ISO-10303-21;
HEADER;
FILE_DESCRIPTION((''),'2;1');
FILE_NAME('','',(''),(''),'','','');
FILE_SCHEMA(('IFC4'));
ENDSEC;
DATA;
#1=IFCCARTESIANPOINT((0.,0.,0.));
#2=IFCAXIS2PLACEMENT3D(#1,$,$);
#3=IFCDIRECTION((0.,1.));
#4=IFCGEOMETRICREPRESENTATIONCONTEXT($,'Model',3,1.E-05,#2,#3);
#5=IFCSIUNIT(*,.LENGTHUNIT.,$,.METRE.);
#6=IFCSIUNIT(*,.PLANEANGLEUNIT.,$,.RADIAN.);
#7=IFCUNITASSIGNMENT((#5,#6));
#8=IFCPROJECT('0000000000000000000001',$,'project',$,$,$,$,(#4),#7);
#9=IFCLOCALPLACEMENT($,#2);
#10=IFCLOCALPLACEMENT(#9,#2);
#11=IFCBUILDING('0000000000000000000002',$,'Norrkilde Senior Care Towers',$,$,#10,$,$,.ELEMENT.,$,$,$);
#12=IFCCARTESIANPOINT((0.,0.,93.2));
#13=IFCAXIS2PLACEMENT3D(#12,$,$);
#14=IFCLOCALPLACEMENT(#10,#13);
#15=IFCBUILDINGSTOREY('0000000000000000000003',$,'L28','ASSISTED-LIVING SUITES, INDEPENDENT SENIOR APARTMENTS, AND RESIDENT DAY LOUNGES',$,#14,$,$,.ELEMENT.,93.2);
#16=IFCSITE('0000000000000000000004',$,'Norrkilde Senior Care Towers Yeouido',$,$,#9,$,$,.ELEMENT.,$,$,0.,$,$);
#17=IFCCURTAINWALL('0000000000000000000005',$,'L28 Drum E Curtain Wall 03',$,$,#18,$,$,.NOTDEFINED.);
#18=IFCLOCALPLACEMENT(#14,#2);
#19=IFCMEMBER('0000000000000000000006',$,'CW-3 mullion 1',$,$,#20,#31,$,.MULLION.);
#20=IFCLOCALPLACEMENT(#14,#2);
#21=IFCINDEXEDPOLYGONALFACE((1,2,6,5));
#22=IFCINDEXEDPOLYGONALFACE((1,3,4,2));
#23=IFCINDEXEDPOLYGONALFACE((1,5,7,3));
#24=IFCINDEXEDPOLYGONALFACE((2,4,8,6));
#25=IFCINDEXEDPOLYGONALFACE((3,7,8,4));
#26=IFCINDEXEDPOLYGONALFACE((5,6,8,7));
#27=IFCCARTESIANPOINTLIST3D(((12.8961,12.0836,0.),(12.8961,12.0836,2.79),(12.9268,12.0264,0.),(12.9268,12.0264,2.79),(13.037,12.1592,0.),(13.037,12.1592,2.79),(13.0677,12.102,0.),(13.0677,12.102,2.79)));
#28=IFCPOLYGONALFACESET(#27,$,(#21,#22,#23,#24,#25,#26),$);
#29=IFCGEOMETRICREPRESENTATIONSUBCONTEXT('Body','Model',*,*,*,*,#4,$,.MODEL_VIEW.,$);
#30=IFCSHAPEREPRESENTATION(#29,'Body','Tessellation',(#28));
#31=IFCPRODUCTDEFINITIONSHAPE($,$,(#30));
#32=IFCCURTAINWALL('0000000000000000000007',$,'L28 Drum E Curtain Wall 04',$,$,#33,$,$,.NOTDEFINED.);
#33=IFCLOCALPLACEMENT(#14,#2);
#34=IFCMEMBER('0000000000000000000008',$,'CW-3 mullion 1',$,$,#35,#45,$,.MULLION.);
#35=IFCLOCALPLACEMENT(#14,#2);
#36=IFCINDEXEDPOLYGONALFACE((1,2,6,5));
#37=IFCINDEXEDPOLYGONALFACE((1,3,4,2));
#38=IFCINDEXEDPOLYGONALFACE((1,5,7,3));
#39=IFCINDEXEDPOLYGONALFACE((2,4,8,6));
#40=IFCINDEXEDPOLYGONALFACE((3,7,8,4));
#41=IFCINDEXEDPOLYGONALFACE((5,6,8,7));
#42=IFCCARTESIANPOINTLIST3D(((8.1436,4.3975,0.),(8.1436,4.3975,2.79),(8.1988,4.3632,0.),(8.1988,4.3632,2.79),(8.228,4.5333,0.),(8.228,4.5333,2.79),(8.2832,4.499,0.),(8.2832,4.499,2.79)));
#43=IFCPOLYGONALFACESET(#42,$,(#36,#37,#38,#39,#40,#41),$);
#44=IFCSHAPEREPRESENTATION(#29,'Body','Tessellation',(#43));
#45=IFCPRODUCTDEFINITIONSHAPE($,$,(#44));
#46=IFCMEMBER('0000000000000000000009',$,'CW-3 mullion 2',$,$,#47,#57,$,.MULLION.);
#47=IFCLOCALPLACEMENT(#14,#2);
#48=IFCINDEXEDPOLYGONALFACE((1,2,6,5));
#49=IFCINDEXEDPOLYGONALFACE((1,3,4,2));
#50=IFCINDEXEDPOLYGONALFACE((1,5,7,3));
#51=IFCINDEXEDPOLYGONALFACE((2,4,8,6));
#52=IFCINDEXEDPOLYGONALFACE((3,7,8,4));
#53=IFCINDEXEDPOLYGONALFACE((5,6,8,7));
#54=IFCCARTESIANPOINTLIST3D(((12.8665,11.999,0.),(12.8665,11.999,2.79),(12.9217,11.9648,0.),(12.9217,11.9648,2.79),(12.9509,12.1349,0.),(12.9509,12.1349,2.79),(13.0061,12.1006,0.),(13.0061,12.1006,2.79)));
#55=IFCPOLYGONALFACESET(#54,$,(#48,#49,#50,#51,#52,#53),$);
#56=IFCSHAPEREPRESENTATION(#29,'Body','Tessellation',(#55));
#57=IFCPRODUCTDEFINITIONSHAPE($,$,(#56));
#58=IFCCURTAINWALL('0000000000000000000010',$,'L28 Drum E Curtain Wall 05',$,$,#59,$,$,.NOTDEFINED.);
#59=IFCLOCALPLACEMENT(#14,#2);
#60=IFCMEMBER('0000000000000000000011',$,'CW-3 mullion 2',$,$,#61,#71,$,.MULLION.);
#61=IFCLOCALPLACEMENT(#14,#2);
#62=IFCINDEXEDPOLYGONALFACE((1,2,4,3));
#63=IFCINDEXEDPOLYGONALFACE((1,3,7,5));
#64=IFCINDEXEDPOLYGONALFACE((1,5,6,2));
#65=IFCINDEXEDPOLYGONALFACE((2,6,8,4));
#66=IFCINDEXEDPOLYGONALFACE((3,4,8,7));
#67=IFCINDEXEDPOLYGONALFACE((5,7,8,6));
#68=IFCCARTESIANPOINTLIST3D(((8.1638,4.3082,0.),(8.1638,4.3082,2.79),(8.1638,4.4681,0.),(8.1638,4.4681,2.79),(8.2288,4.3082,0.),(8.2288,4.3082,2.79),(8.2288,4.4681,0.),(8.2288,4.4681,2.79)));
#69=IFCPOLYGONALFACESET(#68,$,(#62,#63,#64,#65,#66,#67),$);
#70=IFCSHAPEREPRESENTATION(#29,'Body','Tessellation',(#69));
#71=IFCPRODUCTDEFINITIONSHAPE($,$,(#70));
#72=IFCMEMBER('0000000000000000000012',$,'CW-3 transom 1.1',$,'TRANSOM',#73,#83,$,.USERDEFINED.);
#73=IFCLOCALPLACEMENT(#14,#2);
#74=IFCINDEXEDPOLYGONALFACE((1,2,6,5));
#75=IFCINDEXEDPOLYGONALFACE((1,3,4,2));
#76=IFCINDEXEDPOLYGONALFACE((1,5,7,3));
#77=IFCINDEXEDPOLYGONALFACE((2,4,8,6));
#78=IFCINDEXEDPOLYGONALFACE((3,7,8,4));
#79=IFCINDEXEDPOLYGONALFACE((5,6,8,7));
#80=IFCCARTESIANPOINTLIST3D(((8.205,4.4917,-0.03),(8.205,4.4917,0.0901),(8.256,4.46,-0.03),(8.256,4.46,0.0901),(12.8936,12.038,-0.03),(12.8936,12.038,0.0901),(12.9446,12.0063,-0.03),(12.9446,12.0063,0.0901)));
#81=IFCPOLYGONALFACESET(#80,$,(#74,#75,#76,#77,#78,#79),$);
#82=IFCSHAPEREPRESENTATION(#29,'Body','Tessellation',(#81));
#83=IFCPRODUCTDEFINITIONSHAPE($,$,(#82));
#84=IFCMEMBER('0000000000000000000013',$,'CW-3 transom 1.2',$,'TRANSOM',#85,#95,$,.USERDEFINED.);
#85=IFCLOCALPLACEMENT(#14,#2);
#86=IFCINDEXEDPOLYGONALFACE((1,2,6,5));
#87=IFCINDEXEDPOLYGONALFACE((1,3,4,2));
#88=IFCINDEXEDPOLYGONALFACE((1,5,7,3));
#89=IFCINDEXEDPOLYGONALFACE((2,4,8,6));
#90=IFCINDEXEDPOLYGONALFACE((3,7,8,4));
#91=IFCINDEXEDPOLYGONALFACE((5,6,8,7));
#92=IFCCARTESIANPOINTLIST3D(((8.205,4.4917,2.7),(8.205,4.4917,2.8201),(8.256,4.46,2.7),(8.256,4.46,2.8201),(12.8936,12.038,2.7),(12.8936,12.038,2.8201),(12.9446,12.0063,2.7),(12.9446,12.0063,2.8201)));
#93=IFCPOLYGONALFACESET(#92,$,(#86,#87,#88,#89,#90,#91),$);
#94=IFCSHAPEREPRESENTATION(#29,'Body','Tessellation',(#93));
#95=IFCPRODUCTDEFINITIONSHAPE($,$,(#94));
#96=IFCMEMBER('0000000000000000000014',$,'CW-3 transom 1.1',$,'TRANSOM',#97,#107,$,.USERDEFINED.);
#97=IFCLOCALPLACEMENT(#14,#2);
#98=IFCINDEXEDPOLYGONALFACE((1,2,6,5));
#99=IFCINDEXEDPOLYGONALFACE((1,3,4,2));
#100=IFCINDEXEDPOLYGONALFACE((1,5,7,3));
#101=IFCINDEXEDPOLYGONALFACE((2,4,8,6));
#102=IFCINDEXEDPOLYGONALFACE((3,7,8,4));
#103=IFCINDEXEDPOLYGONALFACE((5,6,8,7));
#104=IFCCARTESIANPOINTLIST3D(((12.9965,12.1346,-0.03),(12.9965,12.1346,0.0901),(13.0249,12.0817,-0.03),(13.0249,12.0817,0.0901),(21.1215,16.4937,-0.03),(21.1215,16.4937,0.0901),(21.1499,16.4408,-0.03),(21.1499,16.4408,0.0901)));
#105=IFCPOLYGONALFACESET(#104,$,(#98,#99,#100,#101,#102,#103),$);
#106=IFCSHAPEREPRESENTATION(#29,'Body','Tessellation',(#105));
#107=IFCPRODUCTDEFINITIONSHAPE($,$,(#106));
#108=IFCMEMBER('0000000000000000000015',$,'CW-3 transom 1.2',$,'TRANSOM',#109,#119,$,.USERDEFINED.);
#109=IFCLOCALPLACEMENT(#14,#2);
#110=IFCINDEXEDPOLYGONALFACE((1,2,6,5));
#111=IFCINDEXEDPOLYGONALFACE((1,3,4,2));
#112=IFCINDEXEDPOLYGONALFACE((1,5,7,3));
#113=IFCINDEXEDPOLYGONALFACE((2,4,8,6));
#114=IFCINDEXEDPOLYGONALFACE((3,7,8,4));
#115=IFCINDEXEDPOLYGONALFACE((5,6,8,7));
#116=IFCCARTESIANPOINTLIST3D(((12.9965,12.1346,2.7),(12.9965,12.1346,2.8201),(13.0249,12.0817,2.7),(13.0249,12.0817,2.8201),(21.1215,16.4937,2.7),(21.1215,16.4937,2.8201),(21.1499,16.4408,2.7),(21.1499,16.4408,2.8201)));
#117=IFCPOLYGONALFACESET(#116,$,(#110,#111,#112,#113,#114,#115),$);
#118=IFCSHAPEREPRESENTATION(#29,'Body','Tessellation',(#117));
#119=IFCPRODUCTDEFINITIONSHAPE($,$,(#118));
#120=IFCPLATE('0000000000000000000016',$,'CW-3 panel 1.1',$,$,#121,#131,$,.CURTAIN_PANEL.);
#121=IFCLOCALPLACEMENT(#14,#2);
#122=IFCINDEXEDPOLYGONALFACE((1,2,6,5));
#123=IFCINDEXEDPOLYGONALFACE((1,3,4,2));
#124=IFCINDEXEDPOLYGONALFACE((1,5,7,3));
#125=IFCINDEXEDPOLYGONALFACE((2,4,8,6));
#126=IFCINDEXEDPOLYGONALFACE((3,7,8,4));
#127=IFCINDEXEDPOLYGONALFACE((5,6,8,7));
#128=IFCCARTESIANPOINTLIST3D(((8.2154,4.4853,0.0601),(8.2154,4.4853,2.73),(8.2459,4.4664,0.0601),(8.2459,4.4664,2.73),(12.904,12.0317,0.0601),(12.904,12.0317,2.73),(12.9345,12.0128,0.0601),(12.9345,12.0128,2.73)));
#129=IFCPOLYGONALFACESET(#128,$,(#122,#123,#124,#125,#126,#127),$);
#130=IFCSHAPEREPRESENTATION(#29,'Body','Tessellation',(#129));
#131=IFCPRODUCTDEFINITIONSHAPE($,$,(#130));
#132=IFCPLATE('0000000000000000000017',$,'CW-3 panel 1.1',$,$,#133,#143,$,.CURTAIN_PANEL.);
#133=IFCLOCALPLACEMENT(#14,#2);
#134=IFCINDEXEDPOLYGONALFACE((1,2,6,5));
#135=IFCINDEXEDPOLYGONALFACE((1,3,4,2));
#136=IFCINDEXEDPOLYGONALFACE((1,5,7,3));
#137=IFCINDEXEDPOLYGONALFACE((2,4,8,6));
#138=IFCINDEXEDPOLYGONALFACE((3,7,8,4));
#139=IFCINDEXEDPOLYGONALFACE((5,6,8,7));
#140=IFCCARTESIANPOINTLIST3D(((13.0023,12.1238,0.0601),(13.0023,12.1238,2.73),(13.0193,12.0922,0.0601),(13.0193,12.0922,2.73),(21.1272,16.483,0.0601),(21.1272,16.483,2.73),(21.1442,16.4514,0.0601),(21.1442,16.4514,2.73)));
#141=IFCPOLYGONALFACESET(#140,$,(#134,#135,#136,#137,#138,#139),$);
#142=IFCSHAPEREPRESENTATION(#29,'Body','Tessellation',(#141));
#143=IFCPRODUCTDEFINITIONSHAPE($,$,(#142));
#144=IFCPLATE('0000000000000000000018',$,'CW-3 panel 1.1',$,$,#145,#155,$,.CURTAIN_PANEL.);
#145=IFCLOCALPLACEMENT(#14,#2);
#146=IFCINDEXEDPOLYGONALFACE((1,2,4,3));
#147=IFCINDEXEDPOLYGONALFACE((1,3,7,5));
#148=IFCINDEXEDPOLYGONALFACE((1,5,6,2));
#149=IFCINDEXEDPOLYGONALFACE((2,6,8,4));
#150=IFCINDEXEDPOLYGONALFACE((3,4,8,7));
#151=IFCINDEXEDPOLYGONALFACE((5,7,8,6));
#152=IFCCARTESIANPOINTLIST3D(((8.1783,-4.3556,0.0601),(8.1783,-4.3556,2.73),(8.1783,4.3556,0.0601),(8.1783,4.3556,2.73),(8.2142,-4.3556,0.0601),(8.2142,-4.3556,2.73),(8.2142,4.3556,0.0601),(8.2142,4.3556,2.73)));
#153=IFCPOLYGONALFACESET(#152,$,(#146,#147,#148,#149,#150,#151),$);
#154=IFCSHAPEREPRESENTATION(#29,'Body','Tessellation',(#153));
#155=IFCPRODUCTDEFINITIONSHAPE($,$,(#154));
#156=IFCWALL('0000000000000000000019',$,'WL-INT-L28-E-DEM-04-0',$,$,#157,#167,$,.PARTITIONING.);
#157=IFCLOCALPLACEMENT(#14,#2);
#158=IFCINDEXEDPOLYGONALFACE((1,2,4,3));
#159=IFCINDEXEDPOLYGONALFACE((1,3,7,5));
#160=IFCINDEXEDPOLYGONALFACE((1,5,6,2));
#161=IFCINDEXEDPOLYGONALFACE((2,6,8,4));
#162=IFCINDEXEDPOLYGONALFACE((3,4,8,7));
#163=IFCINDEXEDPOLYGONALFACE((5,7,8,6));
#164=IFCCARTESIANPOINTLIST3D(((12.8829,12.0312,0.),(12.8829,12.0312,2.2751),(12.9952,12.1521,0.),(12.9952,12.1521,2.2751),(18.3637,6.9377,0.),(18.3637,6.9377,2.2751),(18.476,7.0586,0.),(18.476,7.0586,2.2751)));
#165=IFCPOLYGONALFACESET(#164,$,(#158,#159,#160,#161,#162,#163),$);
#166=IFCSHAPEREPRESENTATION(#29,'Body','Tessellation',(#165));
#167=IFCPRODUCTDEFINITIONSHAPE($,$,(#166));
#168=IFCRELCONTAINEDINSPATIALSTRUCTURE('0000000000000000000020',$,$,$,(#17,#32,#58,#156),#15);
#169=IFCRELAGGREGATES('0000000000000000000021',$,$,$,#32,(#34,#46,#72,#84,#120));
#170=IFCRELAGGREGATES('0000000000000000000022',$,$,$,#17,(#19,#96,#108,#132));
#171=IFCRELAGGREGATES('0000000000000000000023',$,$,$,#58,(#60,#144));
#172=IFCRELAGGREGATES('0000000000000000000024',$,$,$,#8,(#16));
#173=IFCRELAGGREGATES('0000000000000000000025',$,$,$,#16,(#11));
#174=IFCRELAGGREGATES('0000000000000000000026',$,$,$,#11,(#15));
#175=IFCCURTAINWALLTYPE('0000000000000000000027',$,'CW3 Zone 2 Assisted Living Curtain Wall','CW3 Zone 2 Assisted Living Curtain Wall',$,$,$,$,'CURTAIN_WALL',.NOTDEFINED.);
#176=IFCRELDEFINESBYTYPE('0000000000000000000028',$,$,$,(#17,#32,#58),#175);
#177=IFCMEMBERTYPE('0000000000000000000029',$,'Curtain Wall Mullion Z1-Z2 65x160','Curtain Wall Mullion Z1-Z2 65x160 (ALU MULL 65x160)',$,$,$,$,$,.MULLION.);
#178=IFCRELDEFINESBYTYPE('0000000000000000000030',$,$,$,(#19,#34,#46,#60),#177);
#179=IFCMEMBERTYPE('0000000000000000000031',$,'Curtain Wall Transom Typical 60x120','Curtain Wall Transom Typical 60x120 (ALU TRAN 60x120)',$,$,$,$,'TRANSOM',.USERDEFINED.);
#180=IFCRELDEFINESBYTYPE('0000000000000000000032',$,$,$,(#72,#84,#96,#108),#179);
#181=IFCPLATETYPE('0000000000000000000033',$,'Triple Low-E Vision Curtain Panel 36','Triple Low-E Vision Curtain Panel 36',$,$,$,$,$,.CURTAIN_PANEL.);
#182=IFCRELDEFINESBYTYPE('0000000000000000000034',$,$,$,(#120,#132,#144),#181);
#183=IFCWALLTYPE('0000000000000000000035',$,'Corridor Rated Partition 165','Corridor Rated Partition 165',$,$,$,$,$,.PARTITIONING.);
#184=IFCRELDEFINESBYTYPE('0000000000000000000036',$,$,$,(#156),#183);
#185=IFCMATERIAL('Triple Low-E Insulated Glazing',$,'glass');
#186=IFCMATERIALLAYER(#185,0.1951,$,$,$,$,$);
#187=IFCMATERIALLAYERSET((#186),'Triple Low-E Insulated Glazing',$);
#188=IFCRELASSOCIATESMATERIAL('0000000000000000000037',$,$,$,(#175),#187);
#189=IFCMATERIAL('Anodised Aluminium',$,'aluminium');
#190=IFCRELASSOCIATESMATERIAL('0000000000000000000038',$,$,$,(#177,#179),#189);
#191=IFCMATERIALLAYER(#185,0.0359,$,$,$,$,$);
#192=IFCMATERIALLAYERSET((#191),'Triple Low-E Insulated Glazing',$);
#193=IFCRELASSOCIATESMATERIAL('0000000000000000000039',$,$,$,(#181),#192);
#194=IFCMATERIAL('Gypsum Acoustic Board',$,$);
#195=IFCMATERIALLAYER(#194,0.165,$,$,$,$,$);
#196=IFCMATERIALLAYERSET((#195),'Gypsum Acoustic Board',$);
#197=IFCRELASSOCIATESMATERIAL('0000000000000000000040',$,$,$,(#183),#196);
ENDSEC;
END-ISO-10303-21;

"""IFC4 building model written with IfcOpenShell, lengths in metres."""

from ifc_helpers import new_model, si_unit, direction, frame, frame_2d, origin, origin_2d, place, context, subcontext, project, spatial, rectangle, extrude, source, transform, mapped, material, layer, layer_set, material_profile, profile_set, type_object, type_shapes, element, aggregate, save


model = new_model("IFC4")

# Units and contexts
model_context = context("Model", 3, precision=1e-05, world=origin(), true_north=direction((0.0, 1.0)))
body_context = subcontext(model_context, "Body", "Model", "MODEL_VIEW")
ifc_project = project(units=[si_unit("LENGTHUNIT", "METRE"), si_unit("PLANEANGLEUNIT", "RADIAN")], contexts=[model_context])

# Site, building, storey
site_placement = place(None, origin())
site = spatial("IfcSite", under=ifc_project, at=site_placement, Name="Norrkilde Senior Care Towers Yeouido", CompositionType="ELEMENT", RefElevation=0.0)
building_placement = place(site_placement, origin())
building = spatial("IfcBuilding", under=site, at=building_placement, Name="Norrkilde Senior Care Towers", CompositionType="ELEMENT")
storey_placement = place(building_placement, frame((0.0, 0.0, 93.2)))
storey = spatial("IfcBuildingStorey", under=building, at=storey_placement, Name="L28", Description="ASSISTED-LIVING SUITES, INDEPENDENT SENIOR APARTMENTS, AND RESIDENT DAY LOUNGES", CompositionType="ELEMENT", Elevation=93.2)

# Curtain wall, member
ifc_material_1 = material(Name="Triple Low-E Insulated Glazing", Category="glass")
ifc_layer_1 = layer(ifc_material_1, 0.1951)
ifc_layer_set_1 = layer_set([ifc_layer_1], Name="Triple Low-E Insulated Glazing")
curtain_wall_type = type_object("IfcCurtainWallType", Name="CW3 Zone 2 Assisted Living Curtain Wall", Description="CW3 Zone 2 Assisted Living Curtain Wall", ElementType="CURTAIN_WALL", PredefinedType="NOTDEFINED", material=ifc_layer_set_1)
curtain_wall_1_placement = place(storey_placement, origin())
curtain_wall_1 = element("IfcCurtainWall", 1, at=curtain_wall_1_placement, inside=storey, type_object=curtain_wall_type, Name="L28 Drum E Curtain Wall 03", PredefinedType="NOTDEFINED")
ifc_material_2 = material(Name="Anodised Aluminium", Category="aluminium")
ifc_material_profile_1 = material_profile(ifc_material_2, rectangle(XDim=0.0649, YDim=0.1599, at=origin_2d()), Name="ALU MULL 65x160")
ifc_profile_set_1 = profile_set([ifc_material_profile_1], Name="Anodised Aluminium")
member_type_1 = type_object("IfcMemberType", Name="Curtain Wall Mullion Z1-Z2 65x160", Description="Curtain Wall Mullion Z1-Z2 65x160 (ALU MULL 65x160)", PredefinedType="MULLION", material=ifc_profile_set_1)
shared_shape_1 = source(origin(), body_context, "Body", "SweptSolid", [
    extrude(rectangle(XDim=0.0649, YDim=0.1599, at=origin_2d()), origin(), (0.0, 0.0, 1.0), 2.79),
])
type_shapes(member_type_1, [shared_shape_1])
member_1_placement = place(storey_placement, frame((12.9819, 12.0928, 0.0), z_axis=(0.0, 0.0, 1.0), x_axis=(-0.472769, 0.881186, 0.0)))
member_1 = element("IfcMember", 2, at=member_1_placement, type_object=member_type_1, Name="CW-3 mullion 1", PredefinedType="MULLION", context=body_context, shape_type="MappedRepresentation", body=[
    mapped(shared_shape_1, transform((0.0, 0.0, 0.0), x_axis=(1.0, 0.0, 0.0), y_axis=(0.0, 1.0, 0.0), z_axis=(0.0, 0.0, 1.0), scale=1.0)),
])

# Curtain wall, members
curtain_wall_2_placement = place(storey_placement, origin())
curtain_wall_2 = element("IfcCurtainWall", 3, at=curtain_wall_2_placement, inside=storey, type_object=curtain_wall_type, Name="L28 Drum E Curtain Wall 04", PredefinedType="NOTDEFINED")
member_2_placement = place(storey_placement, frame((8.2134, 4.4482, 0.0), z_axis=(0.0, 0.0, 1.0), x_axis=(-0.84941, 0.527733, 0.0)))
member_2 = element("IfcMember", 4, at=member_2_placement, type_object=member_type_1, Name="CW-3 mullion 1", PredefinedType="MULLION", context=body_context, shape_type="MappedRepresentation", body=[
    mapped(shared_shape_1, transform((0.0, 0.0, 0.0), x_axis=(1.0, 0.0, 0.0), y_axis=(0.0, 1.0, 0.0), z_axis=(0.0, 0.0, 1.0), scale=1.0)),
])
member_3_placement = place(storey_placement, frame((12.9363, 12.0498, 0.0), z_axis=(0.0, 0.0, 1.0), x_axis=(-0.84941, 0.527733, 0.0)))
member_3 = element("IfcMember", 5, at=member_3_placement, type_object=member_type_1, Name="CW-3 mullion 2", PredefinedType="MULLION", context=body_context, shape_type="MappedRepresentation", body=[
    mapped(shared_shape_1, transform((0.0, 0.0, 0.0), x_axis=(1.0, 0.0, 0.0), y_axis=(0.0, 1.0, 0.0), z_axis=(0.0, 0.0, 1.0), scale=1.0)),
])

# Curtain wall, member
curtain_wall_3_placement = place(storey_placement, origin())
curtain_wall_3 = element("IfcCurtainWall", 6, at=curtain_wall_3_placement, inside=storey, type_object=curtain_wall_type, Name="L28 Drum E Curtain Wall 05", PredefinedType="NOTDEFINED")
member_4_placement = place(storey_placement, frame((8.1963, 4.3882, 0.0), z_axis=(0.0, 0.0, 1.0), x_axis=(-1.0, 0.0, 0.0)))
member_4 = element("IfcMember", 7, at=member_4_placement, type_object=member_type_1, Name="CW-3 mullion 2", PredefinedType="MULLION", context=body_context, shape_type="MappedRepresentation", body=[
    mapped(shared_shape_1, transform((0.0, 0.0, 0.0), x_axis=(1.0, 0.0, 0.0), y_axis=(0.0, 1.0, 0.0), z_axis=(0.0, 0.0, 1.0), scale=1.0)),
])

# Members
ifc_material_profile_2 = material_profile(ifc_material_2, rectangle(XDim=0.0601, YDim=0.1201, at=origin_2d()), Name="ALU TRAN 60x120")
ifc_profile_set_2 = profile_set([ifc_material_profile_2], Name="Anodised Aluminium")
member_type_2 = type_object("IfcMemberType", Name="Curtain Wall Transom Typical 60x120", Description="Curtain Wall Transom Typical 60x120 (ALU TRAN 60x120)", ElementType="TRANSOM", PredefinedType="USERDEFINED", material=ifc_profile_set_2)
shared_shape_2 = source(origin(), body_context, "Body", "SweptSolid", [
    extrude(rectangle(XDim=0.0601, YDim=0.1201, at=origin_2d()), origin(), (0.0, 0.0, 1.0), 8.8843),
])
member_5_placement = place(storey_placement, frame((8.2305, 4.4758, 0.03), z_axis=(0.527749, 0.8494, 0.0), x_axis=(-0.8494, 0.527749, 0.0)))
member_5 = element("IfcMember", 8, at=member_5_placement, type_object=member_type_2, Name="CW-3 transom 1.1", ObjectType="TRANSOM", PredefinedType="USERDEFINED", context=body_context, shape_type="MappedRepresentation", body=[
    mapped(shared_shape_2, transform((0.0, 0.0, 0.0), x_axis=(1.0, 0.0, 0.0), y_axis=(0.0, 1.0, 0.0), z_axis=(0.0, 0.0, 1.0), scale=1.0)),
])
member_6_placement = place(storey_placement, frame((8.2305, 4.4758, 2.76), z_axis=(0.527749, 0.8494, 0.0), x_axis=(-0.8494, 0.527749, 0.0)))
member_6 = element("IfcMember", 9, at=member_6_placement, type_object=member_type_2, Name="CW-3 transom 1.2", ObjectType="TRANSOM", PredefinedType="USERDEFINED", context=body_context, shape_type="MappedRepresentation", body=[
    mapped(shared_shape_2, transform((0.0, 0.0, 0.0), x_axis=(1.0, 0.0, 0.0), y_axis=(0.0, 1.0, 0.0), z_axis=(0.0, 0.0, 1.0), scale=1.0)),
])
shared_shape_3 = source(origin(), body_context, "Body", "SweptSolid", [
    extrude(rectangle(XDim=0.0601, YDim=0.1201, at=origin_2d()), origin(), (0.0, 0.0, 1.0), 9.2205),
])
type_shapes(member_type_2, [shared_shape_2, shared_shape_3])
member_7_placement = place(storey_placement, frame((13.0107, 12.1082, 0.03), z_axis=(0.881189, 0.472765, 0.0), x_axis=(-0.472765, 0.881189, 0.0)))
member_7 = element("IfcMember", 10, at=member_7_placement, type_object=member_type_2, Name="CW-3 transom 1.1", ObjectType="TRANSOM", PredefinedType="USERDEFINED", context=body_context, shape_type="MappedRepresentation", body=[
    mapped(shared_shape_3, transform((0.0, 0.0, 0.0), x_axis=(1.0, 0.0, 0.0), y_axis=(0.0, 1.0, 0.0), z_axis=(0.0, 0.0, 1.0), scale=1.0)),
])
member_8_placement = place(storey_placement, frame((13.0107, 12.1082, 2.76), z_axis=(0.881189, 0.472765, 0.0), x_axis=(-0.472765, 0.881189, 0.0)))
member_8 = element("IfcMember", 11, at=member_8_placement, type_object=member_type_2, Name="CW-3 transom 1.2", ObjectType="TRANSOM", PredefinedType="USERDEFINED", context=body_context, shape_type="MappedRepresentation", body=[
    mapped(shared_shape_3, transform((0.0, 0.0, 0.0), x_axis=(1.0, 0.0, 0.0), y_axis=(0.0, 1.0, 0.0), z_axis=(0.0, 0.0, 1.0), scale=1.0)),
])

# Plates
ifc_layer_2 = layer(ifc_material_1, 0.0359)
ifc_layer_set_2 = layer_set([ifc_layer_2], Name="Triple Low-E Insulated Glazing")
plate_type = type_object("IfcPlateType", Name="Triple Low-E Vision Curtain Panel 36", Description="Triple Low-E Vision Curtain Panel 36", PredefinedType="CURTAIN_PANEL", material=ifc_layer_set_2)
shared_shape_4 = source(origin(), body_context, "Body", "SweptSolid", [
    extrude(rectangle(XDim=8.8843, YDim=0.0359, at=origin_2d()), origin(), (0.0, 0.0, 1.0), 2.6699),
])
plate_1_placement = place(storey_placement, frame((10.575, 8.249, 0.0601), z_axis=(0.0, 0.0, 1.0), x_axis=(0.527733, 0.84941, 0.0)))
plate_1 = element("IfcPlate", 12, at=plate_1_placement, type_object=plate_type, Name="CW-3 panel 1.1", PredefinedType="CURTAIN_PANEL", context=body_context, shape_type="MappedRepresentation", body=[
    mapped(shared_shape_4, transform((0.0, 0.0, 0.0), x_axis=(1.0, 0.0, 0.0), y_axis=(0.0, 1.0, 0.0), z_axis=(0.0, 0.0, 1.0), scale=1.0)),
])
aggregate(curtain_wall_2, [member_2, member_3, member_5, member_6, plate_1])
shared_shape_5 = source(origin(), body_context, "Body", "SweptSolid", [
    extrude(rectangle(XDim=9.2205, YDim=0.0359, at=origin_2d()), origin(), (0.0, 0.0, 1.0), 2.6699),
])
plate_2_placement = place(storey_placement, frame((17.0732, 14.2876, 0.0601), z_axis=(0.0, 0.0, 1.0), x_axis=(0.881186, 0.472769, 0.0)))
plate_2 = element("IfcPlate", 13, at=plate_2_placement, type_object=plate_type, Name="CW-3 panel 1.1", PredefinedType="CURTAIN_PANEL", context=body_context, shape_type="MappedRepresentation", body=[
    mapped(shared_shape_5, transform((0.0, 0.0, 0.0), x_axis=(1.0, 0.0, 0.0), y_axis=(0.0, 1.0, 0.0), z_axis=(0.0, 0.0, 1.0), scale=1.0)),
])
aggregate(curtain_wall_1, [member_1, member_7, member_8, plate_2])
shared_shape_6 = source(origin(), body_context, "Body", "SweptSolid", [
    extrude(rectangle(XDim=8.7112, YDim=0.0359, at=origin_2d()), origin(), (0.0, 0.0, 1.0), 2.6699),
])
type_shapes(plate_type, [shared_shape_4, shared_shape_5, shared_shape_6])
plate_3_placement = place(storey_placement, frame((8.1963, 0.0, 0.0601), z_axis=(0.0, 0.0, 1.0), x_axis=(0.0, 1.0, 0.0)))
plate_3 = element("IfcPlate", 14, at=plate_3_placement, type_object=plate_type, Name="CW-3 panel 1.1", PredefinedType="CURTAIN_PANEL", context=body_context, shape_type="MappedRepresentation", body=[
    mapped(shared_shape_6, transform((0.0, 0.0, 0.0), x_axis=(1.0, 0.0, 0.0), y_axis=(0.0, 1.0, 0.0), z_axis=(0.0, 0.0, 1.0), scale=1.0)),
])
aggregate(curtain_wall_3, [member_4, plate_3])

# Wall
ifc_material_3 = material(Name="Gypsum Acoustic Board")
ifc_layer_3 = layer(ifc_material_3, 0.165)
ifc_layer_set_3 = layer_set([ifc_layer_3], Name="Gypsum Acoustic Board")
wall_type_1 = type_object("IfcWallType", Name="Corridor Rated Partition 165", Description="Corridor Rated Partition 165", PredefinedType="PARTITIONING", material=ifc_layer_set_3)
shared_shape_7 = source(origin(), body_context, "Body", "SweptSolid", [
    extrude(rectangle(XDim=7.4822, YDim=0.165, at=frame_2d((3.7412, 0.0))), origin(), (0.0, 0.0, 1.0), 2.2751),
])
type_shapes(wall_type_1, [shared_shape_7])
wall_1_placement = place(storey_placement, frame((18.4199, 6.998, 0.0), z_axis=(0.0, 0.0, 1.0), x_axis=(-0.732509, 0.680758, 0.0)))
element("IfcWall", 15, at=wall_1_placement, inside=storey, type_object=wall_type_1, Name="WL-INT-L28-E-DEM-04-0", PredefinedType="PARTITIONING", context=body_context, shape_type="MappedRepresentation", body=[
    mapped(shared_shape_7, transform((0.0, 0.0, 0.0), x_axis=(1.0, 0.0, 0.0), y_axis=(0.0, 1.0, 0.0), z_axis=(0.0, 0.0, 1.0), scale=1.0)),
])

save(model, "model.ifc")
